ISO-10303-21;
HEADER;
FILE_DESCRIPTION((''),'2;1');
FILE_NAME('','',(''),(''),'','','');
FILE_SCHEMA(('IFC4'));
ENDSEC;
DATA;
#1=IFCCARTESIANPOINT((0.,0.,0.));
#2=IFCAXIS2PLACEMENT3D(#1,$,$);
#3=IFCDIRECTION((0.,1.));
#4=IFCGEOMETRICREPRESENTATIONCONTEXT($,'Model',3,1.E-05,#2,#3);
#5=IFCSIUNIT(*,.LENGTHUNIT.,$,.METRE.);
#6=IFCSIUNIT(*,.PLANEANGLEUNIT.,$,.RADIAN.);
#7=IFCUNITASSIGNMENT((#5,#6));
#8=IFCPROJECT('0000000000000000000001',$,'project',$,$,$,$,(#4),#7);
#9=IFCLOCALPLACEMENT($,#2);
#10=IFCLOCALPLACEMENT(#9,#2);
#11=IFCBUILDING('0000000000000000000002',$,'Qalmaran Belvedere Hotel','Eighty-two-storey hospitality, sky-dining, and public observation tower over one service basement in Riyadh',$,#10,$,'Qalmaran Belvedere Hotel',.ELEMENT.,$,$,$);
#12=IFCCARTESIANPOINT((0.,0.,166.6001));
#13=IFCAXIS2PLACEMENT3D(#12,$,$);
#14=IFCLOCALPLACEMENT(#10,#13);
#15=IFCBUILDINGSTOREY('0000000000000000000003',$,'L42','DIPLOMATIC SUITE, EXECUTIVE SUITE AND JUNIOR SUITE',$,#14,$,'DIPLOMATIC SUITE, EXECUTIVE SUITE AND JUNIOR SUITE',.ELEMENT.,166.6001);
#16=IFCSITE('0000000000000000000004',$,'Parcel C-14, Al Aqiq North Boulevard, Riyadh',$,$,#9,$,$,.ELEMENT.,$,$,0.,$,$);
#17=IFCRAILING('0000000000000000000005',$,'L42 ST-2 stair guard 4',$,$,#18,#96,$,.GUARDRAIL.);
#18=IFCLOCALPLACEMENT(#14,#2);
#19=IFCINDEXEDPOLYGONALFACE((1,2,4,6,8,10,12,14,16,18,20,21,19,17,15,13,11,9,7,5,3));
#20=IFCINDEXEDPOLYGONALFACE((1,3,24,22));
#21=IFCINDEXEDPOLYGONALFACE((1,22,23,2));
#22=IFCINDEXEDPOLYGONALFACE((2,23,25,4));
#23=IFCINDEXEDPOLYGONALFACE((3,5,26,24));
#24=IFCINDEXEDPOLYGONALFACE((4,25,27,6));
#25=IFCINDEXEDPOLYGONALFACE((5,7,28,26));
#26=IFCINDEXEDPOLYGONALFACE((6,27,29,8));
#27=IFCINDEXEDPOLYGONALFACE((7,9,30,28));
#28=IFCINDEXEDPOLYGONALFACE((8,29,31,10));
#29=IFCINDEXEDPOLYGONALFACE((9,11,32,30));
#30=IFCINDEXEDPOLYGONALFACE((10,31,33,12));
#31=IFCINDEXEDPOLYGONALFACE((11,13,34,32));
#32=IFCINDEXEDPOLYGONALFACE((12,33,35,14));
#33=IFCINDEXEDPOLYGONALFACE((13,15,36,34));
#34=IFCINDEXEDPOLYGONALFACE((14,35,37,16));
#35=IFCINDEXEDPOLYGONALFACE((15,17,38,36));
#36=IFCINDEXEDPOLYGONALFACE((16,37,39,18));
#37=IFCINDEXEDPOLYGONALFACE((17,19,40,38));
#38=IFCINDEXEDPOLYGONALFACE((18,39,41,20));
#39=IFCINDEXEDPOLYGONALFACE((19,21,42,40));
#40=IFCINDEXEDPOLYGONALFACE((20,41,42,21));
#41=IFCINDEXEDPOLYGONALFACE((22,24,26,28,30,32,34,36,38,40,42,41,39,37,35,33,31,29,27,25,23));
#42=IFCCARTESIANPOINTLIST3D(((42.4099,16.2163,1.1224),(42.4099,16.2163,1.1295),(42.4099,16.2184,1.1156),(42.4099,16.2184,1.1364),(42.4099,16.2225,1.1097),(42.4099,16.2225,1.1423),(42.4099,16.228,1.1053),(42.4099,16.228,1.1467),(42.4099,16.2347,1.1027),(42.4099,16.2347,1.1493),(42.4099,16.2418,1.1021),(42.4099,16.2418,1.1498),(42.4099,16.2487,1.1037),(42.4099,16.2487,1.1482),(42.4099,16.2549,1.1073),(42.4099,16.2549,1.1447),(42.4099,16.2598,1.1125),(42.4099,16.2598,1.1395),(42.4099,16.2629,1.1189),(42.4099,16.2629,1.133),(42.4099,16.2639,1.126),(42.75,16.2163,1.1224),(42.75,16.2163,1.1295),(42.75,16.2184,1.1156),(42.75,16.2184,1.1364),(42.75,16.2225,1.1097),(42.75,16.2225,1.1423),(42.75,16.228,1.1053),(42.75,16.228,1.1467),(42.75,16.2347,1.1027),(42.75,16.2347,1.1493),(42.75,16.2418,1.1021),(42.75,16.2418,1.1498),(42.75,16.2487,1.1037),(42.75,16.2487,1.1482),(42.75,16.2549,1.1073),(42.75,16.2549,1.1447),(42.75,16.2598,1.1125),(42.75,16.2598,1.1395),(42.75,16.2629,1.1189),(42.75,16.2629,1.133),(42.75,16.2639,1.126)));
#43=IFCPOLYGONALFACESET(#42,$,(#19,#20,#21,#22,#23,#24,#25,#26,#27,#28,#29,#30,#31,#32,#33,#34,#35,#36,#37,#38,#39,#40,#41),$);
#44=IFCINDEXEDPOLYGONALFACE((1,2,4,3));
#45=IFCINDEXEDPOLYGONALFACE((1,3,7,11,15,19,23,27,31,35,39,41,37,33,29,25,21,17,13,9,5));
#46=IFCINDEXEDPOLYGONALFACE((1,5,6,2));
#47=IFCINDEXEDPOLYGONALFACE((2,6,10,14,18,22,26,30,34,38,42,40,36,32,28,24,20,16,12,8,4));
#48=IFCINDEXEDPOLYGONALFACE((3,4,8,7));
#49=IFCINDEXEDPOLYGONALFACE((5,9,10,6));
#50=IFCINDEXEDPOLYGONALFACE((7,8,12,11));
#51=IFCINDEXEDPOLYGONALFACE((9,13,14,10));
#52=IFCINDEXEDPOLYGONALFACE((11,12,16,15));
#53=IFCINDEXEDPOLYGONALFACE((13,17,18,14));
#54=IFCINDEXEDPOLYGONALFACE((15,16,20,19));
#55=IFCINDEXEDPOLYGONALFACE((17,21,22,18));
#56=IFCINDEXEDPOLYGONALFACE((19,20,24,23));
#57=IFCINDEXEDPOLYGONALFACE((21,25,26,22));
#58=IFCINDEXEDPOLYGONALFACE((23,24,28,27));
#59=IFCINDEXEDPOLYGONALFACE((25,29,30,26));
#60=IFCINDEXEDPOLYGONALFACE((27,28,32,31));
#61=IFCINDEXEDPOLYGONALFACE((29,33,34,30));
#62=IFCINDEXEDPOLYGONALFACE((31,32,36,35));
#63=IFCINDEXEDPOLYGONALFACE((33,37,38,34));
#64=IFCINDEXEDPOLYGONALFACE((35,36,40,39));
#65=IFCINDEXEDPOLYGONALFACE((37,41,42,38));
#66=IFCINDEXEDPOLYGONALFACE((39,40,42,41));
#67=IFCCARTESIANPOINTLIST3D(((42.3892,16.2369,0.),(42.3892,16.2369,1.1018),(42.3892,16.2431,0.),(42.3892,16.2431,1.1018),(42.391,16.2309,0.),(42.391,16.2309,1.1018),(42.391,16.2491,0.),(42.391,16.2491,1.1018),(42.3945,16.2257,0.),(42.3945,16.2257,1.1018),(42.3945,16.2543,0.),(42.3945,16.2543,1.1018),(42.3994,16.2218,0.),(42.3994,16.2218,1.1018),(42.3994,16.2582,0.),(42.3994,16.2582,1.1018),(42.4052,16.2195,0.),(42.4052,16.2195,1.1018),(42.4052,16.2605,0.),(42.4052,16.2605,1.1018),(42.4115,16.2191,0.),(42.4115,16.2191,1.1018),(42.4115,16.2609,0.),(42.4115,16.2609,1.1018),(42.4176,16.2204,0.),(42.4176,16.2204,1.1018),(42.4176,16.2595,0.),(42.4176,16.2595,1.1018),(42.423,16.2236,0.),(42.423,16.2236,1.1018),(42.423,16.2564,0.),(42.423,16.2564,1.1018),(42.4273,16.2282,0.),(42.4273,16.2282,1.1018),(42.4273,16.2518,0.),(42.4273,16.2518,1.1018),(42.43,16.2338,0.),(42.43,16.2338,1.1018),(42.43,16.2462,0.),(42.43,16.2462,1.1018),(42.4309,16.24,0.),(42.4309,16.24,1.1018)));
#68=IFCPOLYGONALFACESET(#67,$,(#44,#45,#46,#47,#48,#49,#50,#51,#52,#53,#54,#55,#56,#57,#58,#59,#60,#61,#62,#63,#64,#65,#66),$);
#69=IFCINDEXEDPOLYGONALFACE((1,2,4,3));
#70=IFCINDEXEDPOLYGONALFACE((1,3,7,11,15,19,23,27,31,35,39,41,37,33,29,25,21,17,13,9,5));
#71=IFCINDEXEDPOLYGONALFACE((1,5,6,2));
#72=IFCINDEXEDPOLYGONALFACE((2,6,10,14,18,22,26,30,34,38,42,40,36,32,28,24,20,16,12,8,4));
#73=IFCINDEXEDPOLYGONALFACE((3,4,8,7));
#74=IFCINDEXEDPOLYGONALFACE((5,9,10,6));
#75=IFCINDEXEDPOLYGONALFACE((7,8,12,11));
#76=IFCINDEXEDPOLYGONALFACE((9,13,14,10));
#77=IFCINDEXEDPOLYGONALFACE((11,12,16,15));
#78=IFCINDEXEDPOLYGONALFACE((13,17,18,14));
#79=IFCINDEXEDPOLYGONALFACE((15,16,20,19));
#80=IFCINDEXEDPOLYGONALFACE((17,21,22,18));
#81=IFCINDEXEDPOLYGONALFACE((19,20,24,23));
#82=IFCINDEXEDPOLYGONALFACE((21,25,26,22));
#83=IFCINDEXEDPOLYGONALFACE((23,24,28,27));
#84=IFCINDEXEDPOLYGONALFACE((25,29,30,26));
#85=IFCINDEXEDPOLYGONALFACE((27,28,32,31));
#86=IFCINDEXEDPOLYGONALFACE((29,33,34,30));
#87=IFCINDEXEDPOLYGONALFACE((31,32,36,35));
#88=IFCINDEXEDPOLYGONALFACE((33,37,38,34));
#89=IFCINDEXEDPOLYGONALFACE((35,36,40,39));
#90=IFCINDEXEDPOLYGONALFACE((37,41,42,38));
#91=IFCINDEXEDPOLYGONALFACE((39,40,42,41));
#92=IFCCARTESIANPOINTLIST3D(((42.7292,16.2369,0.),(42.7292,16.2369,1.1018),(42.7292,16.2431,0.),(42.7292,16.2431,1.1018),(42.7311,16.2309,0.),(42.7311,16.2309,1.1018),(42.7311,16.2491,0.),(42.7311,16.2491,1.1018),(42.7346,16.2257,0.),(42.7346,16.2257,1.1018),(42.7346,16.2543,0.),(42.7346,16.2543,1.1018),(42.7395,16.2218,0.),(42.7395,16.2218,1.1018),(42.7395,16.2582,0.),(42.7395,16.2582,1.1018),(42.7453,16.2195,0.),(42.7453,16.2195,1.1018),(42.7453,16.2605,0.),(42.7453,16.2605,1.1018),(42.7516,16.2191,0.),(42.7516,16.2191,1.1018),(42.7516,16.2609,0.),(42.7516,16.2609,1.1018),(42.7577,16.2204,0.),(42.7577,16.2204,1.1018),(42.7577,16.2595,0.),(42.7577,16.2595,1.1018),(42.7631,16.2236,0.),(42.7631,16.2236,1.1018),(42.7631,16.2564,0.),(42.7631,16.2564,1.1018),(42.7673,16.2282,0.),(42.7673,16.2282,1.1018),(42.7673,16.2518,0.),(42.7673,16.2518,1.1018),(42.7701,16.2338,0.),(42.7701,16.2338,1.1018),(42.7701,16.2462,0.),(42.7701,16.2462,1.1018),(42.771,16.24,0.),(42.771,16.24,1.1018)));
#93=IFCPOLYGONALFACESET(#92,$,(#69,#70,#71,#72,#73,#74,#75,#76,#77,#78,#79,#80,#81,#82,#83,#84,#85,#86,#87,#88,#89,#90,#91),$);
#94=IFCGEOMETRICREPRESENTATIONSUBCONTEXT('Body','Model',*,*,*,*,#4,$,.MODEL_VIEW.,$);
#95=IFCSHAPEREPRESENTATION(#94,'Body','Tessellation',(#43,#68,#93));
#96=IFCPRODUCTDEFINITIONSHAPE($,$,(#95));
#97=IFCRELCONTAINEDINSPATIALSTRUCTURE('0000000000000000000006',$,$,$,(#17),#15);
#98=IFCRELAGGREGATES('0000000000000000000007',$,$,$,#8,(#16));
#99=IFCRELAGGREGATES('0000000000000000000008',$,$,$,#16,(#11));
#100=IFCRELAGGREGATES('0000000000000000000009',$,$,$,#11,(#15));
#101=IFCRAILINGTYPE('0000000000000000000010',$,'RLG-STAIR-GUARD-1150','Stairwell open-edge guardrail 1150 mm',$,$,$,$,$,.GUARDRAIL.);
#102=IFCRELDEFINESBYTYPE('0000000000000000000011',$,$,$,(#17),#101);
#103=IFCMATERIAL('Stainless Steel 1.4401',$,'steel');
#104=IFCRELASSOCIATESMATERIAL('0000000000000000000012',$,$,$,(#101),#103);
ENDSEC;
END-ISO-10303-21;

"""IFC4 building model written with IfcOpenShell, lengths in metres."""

from ifc_helpers import new_model, si_unit, direction, frame, origin, origin_2d, place, context, subcontext, project, spatial, circle, extrude, material, type_object, element, save


model = new_model("IFC4")

# Units and contexts
model_context = context("Model", 3, precision=1e-05, world=origin(), true_north=direction((0.0, 1.0)))
body_context = subcontext(model_context, "Body", "Model", "MODEL_VIEW")
ifc_project = project(units=[si_unit("LENGTHUNIT", "METRE"), si_unit("PLANEANGLEUNIT", "RADIAN")], contexts=[model_context])

# Site, building, storey
site_placement = place(None, origin())
site = spatial("IfcSite", under=ifc_project, at=site_placement, Name="Parcel C-14, Al Aqiq North Boulevard, Riyadh", CompositionType="ELEMENT", RefElevation=0.0)
building_placement = place(site_placement, origin())
building = spatial("IfcBuilding", under=site, at=building_placement, Name="Qalmaran Belvedere Hotel", Description="Eighty-two-storey hospitality, sky-dining, and public observation tower over one service basement in Riyadh", LongName="Qalmaran Belvedere Hotel", CompositionType="ELEMENT")
storey_placement = place(building_placement, frame((0.0, 0.0, 166.6001)))
storey = spatial("IfcBuildingStorey", under=building, at=storey_placement, Name="L42", Description="DIPLOMATIC SUITE, EXECUTIVE SUITE AND JUNIOR SUITE", LongName="DIPLOMATIC SUITE, EXECUTIVE SUITE AND JUNIOR SUITE", CompositionType="ELEMENT", Elevation=166.6001)

# Railing
ifc_material_1 = material(Name="Stainless Steel 1.4401", Category="steel")
railing_type_1 = type_object("IfcRailingType", Name="RLG-STAIR-GUARD-1150", Description="Stairwell open-edge guardrail 1150 mm", PredefinedType="GUARDRAIL", material=ifc_material_1)
railing_1_placement = place(storey_placement, frame((42.4099, 16.24, 0.0)))
element("IfcRailing", 1, at=railing_1_placement, inside=storey, type_object=railing_type_1, Name="L42 ST-2 stair guard 4", PredefinedType="GUARDRAIL", context=body_context, shape_type="SweptSolid", body=[
    extrude(circle(Radius=0.0239, at=origin_2d()), frame((0.0, 0.0, 1.126), z_axis=(1.0, 0.0, 0.0), x_axis=(0.0, 1.0, 0.0)), (0.0, 0.0, 1.0), 0.3401),
    extrude(circle(Radius=0.021, at=origin_2d()), origin(), (0.0, 0.0, 1.0), 1.1018),
    extrude(circle(Radius=0.021, at=origin_2d()), frame((0.3401, 0.0, 0.0)), (0.0, 0.0, 1.0), 1.1018),
])

save(model, "model.ifc")
